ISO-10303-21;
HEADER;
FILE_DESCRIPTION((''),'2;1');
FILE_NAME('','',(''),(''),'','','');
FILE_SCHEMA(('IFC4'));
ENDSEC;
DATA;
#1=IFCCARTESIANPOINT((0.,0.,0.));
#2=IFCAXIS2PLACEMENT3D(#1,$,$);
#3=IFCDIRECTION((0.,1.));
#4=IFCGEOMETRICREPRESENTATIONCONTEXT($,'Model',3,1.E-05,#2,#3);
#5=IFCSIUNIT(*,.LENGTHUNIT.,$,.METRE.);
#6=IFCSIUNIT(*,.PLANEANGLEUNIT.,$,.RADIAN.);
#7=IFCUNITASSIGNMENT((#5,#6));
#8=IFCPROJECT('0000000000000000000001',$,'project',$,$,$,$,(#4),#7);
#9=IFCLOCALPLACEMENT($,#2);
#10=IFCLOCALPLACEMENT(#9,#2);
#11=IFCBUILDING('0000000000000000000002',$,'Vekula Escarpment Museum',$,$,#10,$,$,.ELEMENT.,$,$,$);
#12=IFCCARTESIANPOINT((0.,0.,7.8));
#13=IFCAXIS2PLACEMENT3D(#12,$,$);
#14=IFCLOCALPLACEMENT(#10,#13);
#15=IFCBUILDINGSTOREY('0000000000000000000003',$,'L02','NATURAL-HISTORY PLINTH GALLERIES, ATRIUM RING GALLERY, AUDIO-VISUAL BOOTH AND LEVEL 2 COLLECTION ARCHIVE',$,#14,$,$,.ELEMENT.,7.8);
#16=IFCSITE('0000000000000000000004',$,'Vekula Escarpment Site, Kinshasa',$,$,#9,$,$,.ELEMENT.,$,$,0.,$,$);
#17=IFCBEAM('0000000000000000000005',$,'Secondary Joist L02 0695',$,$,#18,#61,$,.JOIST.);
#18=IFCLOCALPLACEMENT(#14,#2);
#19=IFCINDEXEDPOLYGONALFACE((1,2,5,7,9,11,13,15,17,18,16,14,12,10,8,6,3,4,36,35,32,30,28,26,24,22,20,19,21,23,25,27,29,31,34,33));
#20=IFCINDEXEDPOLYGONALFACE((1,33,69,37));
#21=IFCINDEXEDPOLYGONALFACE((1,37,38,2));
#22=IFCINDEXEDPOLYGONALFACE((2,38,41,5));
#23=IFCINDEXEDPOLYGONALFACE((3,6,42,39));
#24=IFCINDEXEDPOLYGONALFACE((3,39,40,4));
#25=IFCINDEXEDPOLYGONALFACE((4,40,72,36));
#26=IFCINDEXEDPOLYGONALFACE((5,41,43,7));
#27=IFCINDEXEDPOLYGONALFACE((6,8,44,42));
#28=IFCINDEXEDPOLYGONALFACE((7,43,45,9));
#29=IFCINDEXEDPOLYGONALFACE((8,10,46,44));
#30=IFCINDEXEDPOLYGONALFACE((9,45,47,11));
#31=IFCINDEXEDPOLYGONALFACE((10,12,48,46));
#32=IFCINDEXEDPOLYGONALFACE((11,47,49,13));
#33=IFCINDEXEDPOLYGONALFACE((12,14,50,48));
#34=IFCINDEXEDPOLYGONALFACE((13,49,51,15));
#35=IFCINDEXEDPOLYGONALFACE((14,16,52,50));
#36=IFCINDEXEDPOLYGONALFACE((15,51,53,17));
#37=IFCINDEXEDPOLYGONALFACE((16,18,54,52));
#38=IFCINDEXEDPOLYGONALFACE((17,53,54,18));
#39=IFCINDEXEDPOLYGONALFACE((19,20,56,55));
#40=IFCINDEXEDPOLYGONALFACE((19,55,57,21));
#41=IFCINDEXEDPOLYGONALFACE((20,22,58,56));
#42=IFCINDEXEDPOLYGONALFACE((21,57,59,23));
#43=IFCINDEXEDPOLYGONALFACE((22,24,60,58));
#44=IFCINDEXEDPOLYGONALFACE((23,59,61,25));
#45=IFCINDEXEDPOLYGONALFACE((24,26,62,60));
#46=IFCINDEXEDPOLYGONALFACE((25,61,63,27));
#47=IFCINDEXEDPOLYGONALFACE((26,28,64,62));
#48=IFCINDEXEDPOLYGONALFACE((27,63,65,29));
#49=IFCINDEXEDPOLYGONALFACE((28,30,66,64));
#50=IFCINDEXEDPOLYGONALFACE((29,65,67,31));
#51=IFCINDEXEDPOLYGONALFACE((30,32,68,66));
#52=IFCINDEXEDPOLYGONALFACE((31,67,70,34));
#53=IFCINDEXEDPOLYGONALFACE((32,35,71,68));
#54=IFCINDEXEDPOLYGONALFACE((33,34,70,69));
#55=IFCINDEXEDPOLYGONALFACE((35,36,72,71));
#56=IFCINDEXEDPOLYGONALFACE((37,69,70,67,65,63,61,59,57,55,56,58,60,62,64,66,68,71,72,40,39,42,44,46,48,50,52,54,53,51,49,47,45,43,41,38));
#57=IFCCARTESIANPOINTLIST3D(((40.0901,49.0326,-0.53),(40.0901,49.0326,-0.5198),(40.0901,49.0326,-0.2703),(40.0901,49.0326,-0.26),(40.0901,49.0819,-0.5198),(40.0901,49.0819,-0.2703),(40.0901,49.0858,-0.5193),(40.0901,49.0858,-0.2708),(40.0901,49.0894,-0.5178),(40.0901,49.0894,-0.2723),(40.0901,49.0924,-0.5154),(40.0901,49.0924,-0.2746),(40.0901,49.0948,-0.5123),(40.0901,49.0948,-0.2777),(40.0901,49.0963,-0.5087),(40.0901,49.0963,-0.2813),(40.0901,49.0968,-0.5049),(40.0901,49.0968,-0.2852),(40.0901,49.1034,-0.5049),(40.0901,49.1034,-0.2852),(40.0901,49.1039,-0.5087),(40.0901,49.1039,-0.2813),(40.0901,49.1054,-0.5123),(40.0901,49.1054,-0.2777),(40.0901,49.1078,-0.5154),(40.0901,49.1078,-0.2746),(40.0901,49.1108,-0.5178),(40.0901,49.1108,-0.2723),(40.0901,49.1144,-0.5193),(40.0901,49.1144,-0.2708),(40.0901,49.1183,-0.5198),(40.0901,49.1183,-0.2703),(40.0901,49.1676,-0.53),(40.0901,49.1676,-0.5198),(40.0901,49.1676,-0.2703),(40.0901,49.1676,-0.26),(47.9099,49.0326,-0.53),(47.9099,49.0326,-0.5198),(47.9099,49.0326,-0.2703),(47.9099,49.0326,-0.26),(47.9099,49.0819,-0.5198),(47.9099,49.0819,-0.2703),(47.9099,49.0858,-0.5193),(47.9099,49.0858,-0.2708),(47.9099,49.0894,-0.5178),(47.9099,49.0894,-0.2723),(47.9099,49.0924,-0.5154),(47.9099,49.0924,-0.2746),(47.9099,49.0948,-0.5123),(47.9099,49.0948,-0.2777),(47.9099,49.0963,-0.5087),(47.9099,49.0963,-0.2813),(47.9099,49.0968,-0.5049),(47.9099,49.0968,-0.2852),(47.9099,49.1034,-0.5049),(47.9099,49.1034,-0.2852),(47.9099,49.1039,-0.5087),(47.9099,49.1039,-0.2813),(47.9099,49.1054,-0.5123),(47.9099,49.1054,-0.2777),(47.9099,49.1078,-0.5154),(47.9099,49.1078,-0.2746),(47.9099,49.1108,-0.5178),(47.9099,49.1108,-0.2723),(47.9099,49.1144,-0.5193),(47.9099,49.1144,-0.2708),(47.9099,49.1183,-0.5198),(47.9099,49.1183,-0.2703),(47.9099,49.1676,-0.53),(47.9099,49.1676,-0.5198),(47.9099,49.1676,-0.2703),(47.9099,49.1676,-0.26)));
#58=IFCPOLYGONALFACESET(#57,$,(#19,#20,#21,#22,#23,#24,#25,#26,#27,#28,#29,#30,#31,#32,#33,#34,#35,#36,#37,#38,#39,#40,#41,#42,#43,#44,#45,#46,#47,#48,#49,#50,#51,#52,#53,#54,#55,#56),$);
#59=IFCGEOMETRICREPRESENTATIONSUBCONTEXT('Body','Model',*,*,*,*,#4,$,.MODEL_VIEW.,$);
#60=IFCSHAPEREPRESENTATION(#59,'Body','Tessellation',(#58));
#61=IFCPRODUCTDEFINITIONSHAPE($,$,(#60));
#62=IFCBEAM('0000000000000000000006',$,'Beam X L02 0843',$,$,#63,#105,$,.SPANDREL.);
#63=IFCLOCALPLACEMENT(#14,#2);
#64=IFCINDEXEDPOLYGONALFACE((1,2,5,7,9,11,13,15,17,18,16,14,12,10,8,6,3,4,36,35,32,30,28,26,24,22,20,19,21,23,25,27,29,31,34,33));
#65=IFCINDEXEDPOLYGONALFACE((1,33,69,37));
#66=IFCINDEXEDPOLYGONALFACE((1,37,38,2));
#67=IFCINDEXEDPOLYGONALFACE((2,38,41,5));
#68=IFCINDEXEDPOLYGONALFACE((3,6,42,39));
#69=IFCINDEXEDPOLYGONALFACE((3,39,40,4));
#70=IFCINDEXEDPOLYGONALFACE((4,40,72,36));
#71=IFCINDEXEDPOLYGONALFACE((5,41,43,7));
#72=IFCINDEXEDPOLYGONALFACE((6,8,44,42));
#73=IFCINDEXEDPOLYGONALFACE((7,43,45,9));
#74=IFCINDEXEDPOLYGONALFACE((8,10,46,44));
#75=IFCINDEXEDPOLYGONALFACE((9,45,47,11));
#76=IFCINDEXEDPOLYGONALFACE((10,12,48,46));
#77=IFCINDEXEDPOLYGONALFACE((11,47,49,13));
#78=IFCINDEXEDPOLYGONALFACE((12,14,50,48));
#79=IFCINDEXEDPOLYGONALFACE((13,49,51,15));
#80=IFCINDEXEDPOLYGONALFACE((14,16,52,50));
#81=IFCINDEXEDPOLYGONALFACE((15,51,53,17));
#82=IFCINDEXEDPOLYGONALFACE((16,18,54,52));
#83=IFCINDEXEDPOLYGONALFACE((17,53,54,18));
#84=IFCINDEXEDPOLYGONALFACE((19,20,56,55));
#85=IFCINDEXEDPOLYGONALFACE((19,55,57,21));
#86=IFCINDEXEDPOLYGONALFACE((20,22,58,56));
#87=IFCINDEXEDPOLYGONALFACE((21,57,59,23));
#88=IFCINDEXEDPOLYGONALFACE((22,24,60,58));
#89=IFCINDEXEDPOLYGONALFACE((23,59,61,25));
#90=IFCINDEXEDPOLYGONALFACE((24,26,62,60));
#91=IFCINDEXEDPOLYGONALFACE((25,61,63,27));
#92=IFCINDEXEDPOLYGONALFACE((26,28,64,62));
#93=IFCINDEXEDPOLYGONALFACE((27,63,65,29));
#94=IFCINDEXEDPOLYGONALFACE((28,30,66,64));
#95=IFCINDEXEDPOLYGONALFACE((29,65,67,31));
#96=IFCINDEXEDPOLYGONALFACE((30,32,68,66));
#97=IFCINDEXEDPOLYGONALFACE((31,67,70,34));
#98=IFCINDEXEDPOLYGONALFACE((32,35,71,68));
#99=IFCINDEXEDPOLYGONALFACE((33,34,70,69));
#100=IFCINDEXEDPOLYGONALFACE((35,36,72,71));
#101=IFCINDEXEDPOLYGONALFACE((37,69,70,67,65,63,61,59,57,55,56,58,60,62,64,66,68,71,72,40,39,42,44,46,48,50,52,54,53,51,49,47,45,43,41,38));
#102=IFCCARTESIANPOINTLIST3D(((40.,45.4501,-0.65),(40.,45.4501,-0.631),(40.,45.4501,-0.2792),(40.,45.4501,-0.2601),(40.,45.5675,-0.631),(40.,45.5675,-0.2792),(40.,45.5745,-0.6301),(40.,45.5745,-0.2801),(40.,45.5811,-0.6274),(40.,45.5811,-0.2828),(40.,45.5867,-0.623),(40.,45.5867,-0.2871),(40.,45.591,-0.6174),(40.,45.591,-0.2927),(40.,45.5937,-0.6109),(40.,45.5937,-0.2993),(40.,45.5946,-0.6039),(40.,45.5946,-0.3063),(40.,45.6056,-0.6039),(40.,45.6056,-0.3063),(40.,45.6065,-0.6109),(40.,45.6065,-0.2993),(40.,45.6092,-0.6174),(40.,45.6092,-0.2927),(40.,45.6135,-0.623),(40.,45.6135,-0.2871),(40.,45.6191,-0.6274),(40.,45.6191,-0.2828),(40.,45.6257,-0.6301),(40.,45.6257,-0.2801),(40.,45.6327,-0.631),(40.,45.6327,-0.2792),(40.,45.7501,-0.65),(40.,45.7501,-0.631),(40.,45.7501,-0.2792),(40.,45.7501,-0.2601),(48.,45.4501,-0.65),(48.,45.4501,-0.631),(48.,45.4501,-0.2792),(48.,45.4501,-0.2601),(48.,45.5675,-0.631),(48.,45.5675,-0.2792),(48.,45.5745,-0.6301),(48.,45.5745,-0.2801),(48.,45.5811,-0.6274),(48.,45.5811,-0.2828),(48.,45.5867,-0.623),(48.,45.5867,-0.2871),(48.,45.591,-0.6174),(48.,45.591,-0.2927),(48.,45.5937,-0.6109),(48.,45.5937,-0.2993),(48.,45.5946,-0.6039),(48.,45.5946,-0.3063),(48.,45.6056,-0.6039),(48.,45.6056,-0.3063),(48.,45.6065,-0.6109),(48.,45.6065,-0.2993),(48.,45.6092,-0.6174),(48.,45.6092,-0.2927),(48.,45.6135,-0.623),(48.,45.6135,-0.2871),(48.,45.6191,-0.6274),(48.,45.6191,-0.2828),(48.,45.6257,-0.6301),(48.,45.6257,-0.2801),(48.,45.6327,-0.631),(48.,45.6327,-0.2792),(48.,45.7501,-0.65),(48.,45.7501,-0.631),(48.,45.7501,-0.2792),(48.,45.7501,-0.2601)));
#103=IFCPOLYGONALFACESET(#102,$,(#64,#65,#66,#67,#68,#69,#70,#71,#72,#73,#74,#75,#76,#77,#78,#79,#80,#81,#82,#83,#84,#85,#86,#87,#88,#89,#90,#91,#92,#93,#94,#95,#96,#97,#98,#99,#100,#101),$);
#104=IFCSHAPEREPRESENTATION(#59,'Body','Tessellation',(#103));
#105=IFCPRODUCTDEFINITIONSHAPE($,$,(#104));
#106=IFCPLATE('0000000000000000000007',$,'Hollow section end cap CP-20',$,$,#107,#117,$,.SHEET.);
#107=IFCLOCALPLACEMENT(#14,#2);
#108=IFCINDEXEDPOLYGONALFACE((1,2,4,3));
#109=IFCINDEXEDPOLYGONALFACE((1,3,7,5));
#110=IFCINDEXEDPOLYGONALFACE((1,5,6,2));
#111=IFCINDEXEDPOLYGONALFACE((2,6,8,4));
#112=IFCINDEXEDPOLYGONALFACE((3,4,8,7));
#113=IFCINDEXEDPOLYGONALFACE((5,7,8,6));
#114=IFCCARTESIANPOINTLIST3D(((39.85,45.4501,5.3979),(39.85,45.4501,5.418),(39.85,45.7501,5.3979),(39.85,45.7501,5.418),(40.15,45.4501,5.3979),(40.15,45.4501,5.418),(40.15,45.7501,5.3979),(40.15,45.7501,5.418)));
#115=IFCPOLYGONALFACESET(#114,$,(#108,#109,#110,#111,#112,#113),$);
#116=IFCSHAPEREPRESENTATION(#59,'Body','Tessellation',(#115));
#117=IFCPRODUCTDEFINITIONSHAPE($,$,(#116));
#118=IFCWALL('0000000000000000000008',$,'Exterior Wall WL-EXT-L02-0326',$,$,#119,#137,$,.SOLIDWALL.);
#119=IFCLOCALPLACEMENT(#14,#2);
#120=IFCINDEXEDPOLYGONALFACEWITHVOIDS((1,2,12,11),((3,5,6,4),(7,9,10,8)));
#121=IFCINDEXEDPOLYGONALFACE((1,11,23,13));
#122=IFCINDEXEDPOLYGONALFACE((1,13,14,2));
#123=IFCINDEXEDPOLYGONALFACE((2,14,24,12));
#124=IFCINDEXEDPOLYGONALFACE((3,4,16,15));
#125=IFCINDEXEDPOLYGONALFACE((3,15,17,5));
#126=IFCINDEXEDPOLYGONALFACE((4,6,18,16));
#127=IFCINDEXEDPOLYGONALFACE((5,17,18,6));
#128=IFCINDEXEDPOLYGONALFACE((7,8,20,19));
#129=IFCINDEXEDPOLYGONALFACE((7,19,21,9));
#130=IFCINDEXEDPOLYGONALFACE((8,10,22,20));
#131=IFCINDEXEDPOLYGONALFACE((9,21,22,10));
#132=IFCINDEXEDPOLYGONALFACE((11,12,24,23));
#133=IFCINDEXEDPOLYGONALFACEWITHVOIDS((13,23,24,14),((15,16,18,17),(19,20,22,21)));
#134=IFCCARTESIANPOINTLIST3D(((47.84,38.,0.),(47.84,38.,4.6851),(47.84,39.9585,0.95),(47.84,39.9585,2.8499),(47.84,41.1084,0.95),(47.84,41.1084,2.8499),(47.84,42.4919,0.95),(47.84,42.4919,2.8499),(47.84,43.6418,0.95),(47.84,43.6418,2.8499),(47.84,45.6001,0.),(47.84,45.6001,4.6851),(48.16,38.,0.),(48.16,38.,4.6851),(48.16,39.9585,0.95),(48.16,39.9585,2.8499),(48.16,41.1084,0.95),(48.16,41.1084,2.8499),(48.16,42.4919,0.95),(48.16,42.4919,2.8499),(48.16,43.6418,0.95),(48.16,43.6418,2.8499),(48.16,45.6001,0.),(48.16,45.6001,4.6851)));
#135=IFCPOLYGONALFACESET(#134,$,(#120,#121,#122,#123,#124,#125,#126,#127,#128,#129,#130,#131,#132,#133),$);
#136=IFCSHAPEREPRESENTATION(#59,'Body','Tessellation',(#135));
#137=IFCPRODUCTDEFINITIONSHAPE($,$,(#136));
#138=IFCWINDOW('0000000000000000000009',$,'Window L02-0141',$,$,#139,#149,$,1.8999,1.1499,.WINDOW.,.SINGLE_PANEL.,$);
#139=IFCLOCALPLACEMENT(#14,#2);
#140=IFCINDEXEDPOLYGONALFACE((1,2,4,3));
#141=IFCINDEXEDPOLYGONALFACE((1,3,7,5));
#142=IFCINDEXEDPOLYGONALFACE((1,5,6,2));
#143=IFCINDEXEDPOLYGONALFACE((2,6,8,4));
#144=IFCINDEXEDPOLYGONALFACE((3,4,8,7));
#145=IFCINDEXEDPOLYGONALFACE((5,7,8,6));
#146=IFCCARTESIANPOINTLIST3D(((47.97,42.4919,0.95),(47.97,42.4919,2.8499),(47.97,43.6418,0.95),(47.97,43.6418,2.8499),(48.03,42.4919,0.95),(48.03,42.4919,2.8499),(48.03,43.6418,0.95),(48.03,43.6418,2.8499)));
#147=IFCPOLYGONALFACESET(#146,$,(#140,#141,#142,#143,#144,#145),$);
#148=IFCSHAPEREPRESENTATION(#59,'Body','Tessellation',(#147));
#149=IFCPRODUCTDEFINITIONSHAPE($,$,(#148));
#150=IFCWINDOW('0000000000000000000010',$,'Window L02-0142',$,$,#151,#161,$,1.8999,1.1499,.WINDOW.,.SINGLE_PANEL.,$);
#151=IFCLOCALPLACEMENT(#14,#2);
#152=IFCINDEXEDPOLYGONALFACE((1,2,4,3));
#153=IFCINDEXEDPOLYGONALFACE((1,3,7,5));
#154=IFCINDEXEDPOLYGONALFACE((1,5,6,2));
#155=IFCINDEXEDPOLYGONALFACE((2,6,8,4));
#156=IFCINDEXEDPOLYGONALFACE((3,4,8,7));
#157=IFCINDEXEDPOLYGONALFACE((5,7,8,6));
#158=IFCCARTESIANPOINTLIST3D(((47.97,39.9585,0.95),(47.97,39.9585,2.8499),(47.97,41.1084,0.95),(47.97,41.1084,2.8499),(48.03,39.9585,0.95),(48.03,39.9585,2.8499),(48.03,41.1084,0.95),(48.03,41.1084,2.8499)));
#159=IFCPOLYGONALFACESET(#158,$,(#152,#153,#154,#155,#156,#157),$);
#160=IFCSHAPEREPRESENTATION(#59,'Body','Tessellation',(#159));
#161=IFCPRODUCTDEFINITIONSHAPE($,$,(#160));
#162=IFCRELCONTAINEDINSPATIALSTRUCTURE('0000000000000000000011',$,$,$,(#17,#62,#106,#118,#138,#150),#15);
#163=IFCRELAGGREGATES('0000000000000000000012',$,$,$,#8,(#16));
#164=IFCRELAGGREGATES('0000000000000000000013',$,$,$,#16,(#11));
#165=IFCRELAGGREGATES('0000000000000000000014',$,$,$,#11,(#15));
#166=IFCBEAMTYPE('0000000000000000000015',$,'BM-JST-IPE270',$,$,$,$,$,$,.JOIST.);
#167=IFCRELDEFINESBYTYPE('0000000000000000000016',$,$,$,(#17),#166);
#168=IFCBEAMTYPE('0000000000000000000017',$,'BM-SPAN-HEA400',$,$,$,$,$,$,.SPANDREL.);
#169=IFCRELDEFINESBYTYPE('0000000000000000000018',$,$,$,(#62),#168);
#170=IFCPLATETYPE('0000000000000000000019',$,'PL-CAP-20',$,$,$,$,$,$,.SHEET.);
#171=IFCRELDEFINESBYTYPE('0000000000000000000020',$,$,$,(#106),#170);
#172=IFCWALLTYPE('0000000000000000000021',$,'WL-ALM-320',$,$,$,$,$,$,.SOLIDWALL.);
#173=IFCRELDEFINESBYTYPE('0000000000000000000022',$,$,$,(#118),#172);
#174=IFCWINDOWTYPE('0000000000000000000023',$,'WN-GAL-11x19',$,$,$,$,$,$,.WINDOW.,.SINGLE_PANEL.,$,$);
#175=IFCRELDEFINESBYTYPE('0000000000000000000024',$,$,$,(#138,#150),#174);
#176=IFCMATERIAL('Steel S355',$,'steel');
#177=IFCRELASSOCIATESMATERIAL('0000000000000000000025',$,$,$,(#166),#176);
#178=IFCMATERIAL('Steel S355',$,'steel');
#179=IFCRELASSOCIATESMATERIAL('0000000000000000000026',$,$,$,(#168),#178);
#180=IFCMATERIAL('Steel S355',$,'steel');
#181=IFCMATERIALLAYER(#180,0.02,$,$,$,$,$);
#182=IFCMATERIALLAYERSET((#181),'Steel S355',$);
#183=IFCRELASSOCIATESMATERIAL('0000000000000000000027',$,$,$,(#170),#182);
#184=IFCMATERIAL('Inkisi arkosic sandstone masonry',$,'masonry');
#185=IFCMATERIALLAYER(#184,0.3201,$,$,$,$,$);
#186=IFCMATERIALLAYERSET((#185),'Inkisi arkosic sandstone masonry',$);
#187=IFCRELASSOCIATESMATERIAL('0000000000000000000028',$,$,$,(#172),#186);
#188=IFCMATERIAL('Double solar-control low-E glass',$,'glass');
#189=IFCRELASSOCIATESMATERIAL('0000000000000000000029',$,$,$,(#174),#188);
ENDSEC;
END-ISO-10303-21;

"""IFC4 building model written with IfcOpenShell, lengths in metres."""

from ifc_helpers import new_model, si_unit, direction, frame, frame_2d, origin, origin_2d, place, context, subcontext, project, spatial, rectangle, i_section, extrude, material, layer, layer_set, material_profile, profile_set, type_object, element, fill, save


model = new_model("IFC4")

# Units and contexts
model_context = context("Model", 3, precision=1e-05, world=origin(), true_north=direction((0.0, 1.0)))
body_context = subcontext(model_context, "Body", "Model", "MODEL_VIEW")
ifc_project = project(units=[si_unit("LENGTHUNIT", "METRE"), si_unit("PLANEANGLEUNIT", "RADIAN")], contexts=[model_context])

# Site, building, storey
site_placement = place(None, origin())
site = spatial("IfcSite", under=ifc_project, at=site_placement, Name="Vekula Escarpment Site, Kinshasa", CompositionType="ELEMENT", RefElevation=0.0)
building_placement = place(site_placement, origin())
building = spatial("IfcBuilding", under=site, at=building_placement, Name="Vekula Escarpment Museum", CompositionType="ELEMENT")
storey_placement = place(building_placement, frame((0.0, 0.0, 7.8)))
storey = spatial("IfcBuildingStorey", under=building, at=storey_placement, Name="L02", Description="NATURAL-HISTORY PLINTH GALLERIES, ATRIUM RING GALLERY, AUDIO-VISUAL BOOTH AND LEVEL 2 COLLECTION ARCHIVE", CompositionType="ELEMENT", Elevation=7.8)

# Beams
ifc_material_1 = material(Name="Steel S355", Category="steel")
ifc_material_profile_1 = material_profile(ifc_material_1, i_section(OverallWidth=0.135, OverallDepth=0.27, WebThickness=0.0066, FlangeThickness=0.0103, FilletRadius=0.0149, at=origin_2d()), Name="IPE 270")
ifc_profile_set_1 = profile_set([ifc_material_profile_1], Name="Steel S355")
beam_type_1 = type_object("IfcBeamType", Name="BM-JST-IPE270", PredefinedType="JOIST", material=ifc_profile_set_1)
beam_1_placement = place(storey_placement, frame((40.0901, 49.1001, -0.395), z_axis=(1.0, 0.0, 0.0), x_axis=(0.0, 1.0, 0.0)))
element("IfcBeam", 1, at=beam_1_placement, inside=storey, type_object=beam_type_1, Name="Secondary Joist L02 0695", PredefinedType="JOIST", context=body_context, shape_type="SweptSolid", body=[
    extrude(i_section(OverallWidth=0.135, OverallDepth=0.27, WebThickness=0.0066, FlangeThickness=0.0103, FilletRadius=0.0149, at=origin_2d()), origin(), (0.0, 0.0, 1.0), 7.8198),
])
ifc_material_2 = material(Name="Steel S355", Category="steel")
ifc_material_profile_2 = material_profile(ifc_material_2, i_section(OverallWidth=0.3, OverallDepth=0.3899, WebThickness=0.011, FlangeThickness=0.019, FilletRadius=0.0271, at=origin_2d()), Name="HEA 400")
ifc_profile_set_2 = profile_set([ifc_material_profile_2], Name="Steel S355")
beam_type_2 = type_object("IfcBeamType", Name="BM-SPAN-HEA400", PredefinedType="SPANDREL", material=ifc_profile_set_2)
beam_2_placement = place(storey_placement, frame((40.0, 45.6001, -0.4551), z_axis=(1.0, 0.0, 0.0), x_axis=(0.0, 1.0, 0.0)))
element("IfcBeam", 2, at=beam_2_placement, inside=storey, type_object=beam_type_2, Name="Beam X L02 0843", PredefinedType="SPANDREL", context=body_context, shape_type="SweptSolid", body=[
    extrude(i_section(OverallWidth=0.3, OverallDepth=0.3899, WebThickness=0.011, FlangeThickness=0.019, FilletRadius=0.0271, at=origin_2d()), origin(), (0.0, 0.0, 1.0), 8.0),
])

# Plate
ifc_material_3 = material(Name="Steel S355", Category="steel")
ifc_layer_1 = layer(ifc_material_3, 0.02)
ifc_layer_set_1 = layer_set([ifc_layer_1], Name="Steel S355")
plate_type = type_object("IfcPlateType", Name="PL-CAP-20", PredefinedType="SHEET", material=ifc_layer_set_1)
plate_placement = place(storey_placement, frame((40.0, 45.6001, 5.3979), z_axis=(0.0, 0.0, 1.0), x_axis=(1.0, 0.0, 0.0)))
element("IfcPlate", 3, at=plate_placement, inside=storey, type_object=plate_type, Name="Hollow section end cap CP-20", PredefinedType="SHEET", context=body_context, shape_type="SweptSolid", body=[
    extrude(rectangle(XDim=0.3, YDim=0.3, at=origin_2d()), origin(), (0.0, 0.0, 1.0), 0.02),
])

# Wall, openings, windows
ifc_material_4 = material(Name="Inkisi arkosic sandstone masonry", Category="masonry")
ifc_layer_2 = layer(ifc_material_4, 0.3201)
ifc_layer_set_2 = layer_set([ifc_layer_2], Name="Inkisi arkosic sandstone masonry")
wall_type_1 = type_object("IfcWallType", Name="WL-ALM-320", PredefinedType="SOLIDWALL", material=ifc_layer_set_2)
wall_1_placement = place(storey_placement, frame((48.0, 45.6001, 0.0), z_axis=(0.0, 0.0, 1.0), x_axis=(0.0, -1.0, 0.0)))
wall_1 = element("IfcWall", 4, at=wall_1_placement, inside=storey, type_object=wall_type_1, Name="Exterior Wall WL-EXT-L02-0326", PredefinedType="SOLIDWALL", context=body_context, shape_type="SweptSolid", body=[
    extrude(rectangle(XDim=7.6001, YDim=0.3201, at=frame_2d((3.8, 0.0))), origin(), (0.0, 0.0, 1.0), 4.6851),
])
opening_1_placement = place(wall_1_placement, frame((1.9583, 0.0, 0.95)))
opening_1 = element("IfcOpeningElement", 5, at=opening_1_placement, cuts=wall_1, PredefinedType="OPENING", context=body_context, shape_type="SweptSolid", body=[
    extrude(rectangle(XDim=1.1499, YDim=1.8999, at=frame_2d((0.575, 0.95))), frame((0.0, 0.1699, 0.0), z_axis=(0.0, -1.0, 0.0), x_axis=(1.0, 0.0, 0.0)), (0.0, 0.0, 1.0), 0.3401),
])
opening_2_placement = place(wall_1_placement, frame((4.4917, 0.0, 0.95)))
opening_2 = element("IfcOpeningElement", 6, at=opening_2_placement, cuts=wall_1, PredefinedType="OPENING", context=body_context, shape_type="SweptSolid", body=[
    extrude(rectangle(XDim=1.1499, YDim=1.8999, at=frame_2d((0.575, 0.95))), frame((0.0, 0.1699, 0.0), z_axis=(0.0, -1.0, 0.0), x_axis=(1.0, 0.0, 0.0)), (0.0, 0.0, 1.0), 0.3401),
])
ifc_material_5 = material(Name="Double solar-control low-E glass", Category="glass")
window_type_1 = type_object("IfcWindowType", Name="WN-GAL-11x19", PartitioningType="SINGLE_PANEL", PredefinedType="WINDOW", material=ifc_material_5)
window_1_placement = place(opening_1_placement, origin())
window_1 = element("IfcWindow", 7, at=window_1_placement, inside=storey, type_object=window_type_1, Name="Window L02-0141", OverallHeight=1.8999, OverallWidth=1.1499, PartitioningType="SINGLE_PANEL", PredefinedType="WINDOW", context=body_context, shape_type="SweptSolid", body=[
    extrude(rectangle(XDim=1.1499, YDim=1.8999, at=frame_2d((0.575, 0.95))), frame((0.0, 0.03, 0.0), z_axis=(0.0, -1.0, 0.0), x_axis=(1.0, 0.0, 0.0)), (0.0, 0.0, 1.0), 0.0601),
])
fill(opening_1, window_1)
window_2_placement = place(opening_2_placement, origin())
window_2 = element("IfcWindow", 8, at=window_2_placement, inside=storey, type_object=window_type_1, Name="Window L02-0142", OverallHeight=1.8999, OverallWidth=1.1499, PartitioningType="SINGLE_PANEL", PredefinedType="WINDOW", context=body_context, shape_type="SweptSolid", body=[
    extrude(rectangle(XDim=1.1499, YDim=1.8999, at=frame_2d((0.575, 0.95))), frame((0.0, 0.03, 0.0), z_axis=(0.0, -1.0, 0.0), x_axis=(1.0, 0.0, 0.0)), (0.0, 0.0, 1.0), 0.0601),
])
fill(opening_2, window_2)

save(model, "model.ifc")
